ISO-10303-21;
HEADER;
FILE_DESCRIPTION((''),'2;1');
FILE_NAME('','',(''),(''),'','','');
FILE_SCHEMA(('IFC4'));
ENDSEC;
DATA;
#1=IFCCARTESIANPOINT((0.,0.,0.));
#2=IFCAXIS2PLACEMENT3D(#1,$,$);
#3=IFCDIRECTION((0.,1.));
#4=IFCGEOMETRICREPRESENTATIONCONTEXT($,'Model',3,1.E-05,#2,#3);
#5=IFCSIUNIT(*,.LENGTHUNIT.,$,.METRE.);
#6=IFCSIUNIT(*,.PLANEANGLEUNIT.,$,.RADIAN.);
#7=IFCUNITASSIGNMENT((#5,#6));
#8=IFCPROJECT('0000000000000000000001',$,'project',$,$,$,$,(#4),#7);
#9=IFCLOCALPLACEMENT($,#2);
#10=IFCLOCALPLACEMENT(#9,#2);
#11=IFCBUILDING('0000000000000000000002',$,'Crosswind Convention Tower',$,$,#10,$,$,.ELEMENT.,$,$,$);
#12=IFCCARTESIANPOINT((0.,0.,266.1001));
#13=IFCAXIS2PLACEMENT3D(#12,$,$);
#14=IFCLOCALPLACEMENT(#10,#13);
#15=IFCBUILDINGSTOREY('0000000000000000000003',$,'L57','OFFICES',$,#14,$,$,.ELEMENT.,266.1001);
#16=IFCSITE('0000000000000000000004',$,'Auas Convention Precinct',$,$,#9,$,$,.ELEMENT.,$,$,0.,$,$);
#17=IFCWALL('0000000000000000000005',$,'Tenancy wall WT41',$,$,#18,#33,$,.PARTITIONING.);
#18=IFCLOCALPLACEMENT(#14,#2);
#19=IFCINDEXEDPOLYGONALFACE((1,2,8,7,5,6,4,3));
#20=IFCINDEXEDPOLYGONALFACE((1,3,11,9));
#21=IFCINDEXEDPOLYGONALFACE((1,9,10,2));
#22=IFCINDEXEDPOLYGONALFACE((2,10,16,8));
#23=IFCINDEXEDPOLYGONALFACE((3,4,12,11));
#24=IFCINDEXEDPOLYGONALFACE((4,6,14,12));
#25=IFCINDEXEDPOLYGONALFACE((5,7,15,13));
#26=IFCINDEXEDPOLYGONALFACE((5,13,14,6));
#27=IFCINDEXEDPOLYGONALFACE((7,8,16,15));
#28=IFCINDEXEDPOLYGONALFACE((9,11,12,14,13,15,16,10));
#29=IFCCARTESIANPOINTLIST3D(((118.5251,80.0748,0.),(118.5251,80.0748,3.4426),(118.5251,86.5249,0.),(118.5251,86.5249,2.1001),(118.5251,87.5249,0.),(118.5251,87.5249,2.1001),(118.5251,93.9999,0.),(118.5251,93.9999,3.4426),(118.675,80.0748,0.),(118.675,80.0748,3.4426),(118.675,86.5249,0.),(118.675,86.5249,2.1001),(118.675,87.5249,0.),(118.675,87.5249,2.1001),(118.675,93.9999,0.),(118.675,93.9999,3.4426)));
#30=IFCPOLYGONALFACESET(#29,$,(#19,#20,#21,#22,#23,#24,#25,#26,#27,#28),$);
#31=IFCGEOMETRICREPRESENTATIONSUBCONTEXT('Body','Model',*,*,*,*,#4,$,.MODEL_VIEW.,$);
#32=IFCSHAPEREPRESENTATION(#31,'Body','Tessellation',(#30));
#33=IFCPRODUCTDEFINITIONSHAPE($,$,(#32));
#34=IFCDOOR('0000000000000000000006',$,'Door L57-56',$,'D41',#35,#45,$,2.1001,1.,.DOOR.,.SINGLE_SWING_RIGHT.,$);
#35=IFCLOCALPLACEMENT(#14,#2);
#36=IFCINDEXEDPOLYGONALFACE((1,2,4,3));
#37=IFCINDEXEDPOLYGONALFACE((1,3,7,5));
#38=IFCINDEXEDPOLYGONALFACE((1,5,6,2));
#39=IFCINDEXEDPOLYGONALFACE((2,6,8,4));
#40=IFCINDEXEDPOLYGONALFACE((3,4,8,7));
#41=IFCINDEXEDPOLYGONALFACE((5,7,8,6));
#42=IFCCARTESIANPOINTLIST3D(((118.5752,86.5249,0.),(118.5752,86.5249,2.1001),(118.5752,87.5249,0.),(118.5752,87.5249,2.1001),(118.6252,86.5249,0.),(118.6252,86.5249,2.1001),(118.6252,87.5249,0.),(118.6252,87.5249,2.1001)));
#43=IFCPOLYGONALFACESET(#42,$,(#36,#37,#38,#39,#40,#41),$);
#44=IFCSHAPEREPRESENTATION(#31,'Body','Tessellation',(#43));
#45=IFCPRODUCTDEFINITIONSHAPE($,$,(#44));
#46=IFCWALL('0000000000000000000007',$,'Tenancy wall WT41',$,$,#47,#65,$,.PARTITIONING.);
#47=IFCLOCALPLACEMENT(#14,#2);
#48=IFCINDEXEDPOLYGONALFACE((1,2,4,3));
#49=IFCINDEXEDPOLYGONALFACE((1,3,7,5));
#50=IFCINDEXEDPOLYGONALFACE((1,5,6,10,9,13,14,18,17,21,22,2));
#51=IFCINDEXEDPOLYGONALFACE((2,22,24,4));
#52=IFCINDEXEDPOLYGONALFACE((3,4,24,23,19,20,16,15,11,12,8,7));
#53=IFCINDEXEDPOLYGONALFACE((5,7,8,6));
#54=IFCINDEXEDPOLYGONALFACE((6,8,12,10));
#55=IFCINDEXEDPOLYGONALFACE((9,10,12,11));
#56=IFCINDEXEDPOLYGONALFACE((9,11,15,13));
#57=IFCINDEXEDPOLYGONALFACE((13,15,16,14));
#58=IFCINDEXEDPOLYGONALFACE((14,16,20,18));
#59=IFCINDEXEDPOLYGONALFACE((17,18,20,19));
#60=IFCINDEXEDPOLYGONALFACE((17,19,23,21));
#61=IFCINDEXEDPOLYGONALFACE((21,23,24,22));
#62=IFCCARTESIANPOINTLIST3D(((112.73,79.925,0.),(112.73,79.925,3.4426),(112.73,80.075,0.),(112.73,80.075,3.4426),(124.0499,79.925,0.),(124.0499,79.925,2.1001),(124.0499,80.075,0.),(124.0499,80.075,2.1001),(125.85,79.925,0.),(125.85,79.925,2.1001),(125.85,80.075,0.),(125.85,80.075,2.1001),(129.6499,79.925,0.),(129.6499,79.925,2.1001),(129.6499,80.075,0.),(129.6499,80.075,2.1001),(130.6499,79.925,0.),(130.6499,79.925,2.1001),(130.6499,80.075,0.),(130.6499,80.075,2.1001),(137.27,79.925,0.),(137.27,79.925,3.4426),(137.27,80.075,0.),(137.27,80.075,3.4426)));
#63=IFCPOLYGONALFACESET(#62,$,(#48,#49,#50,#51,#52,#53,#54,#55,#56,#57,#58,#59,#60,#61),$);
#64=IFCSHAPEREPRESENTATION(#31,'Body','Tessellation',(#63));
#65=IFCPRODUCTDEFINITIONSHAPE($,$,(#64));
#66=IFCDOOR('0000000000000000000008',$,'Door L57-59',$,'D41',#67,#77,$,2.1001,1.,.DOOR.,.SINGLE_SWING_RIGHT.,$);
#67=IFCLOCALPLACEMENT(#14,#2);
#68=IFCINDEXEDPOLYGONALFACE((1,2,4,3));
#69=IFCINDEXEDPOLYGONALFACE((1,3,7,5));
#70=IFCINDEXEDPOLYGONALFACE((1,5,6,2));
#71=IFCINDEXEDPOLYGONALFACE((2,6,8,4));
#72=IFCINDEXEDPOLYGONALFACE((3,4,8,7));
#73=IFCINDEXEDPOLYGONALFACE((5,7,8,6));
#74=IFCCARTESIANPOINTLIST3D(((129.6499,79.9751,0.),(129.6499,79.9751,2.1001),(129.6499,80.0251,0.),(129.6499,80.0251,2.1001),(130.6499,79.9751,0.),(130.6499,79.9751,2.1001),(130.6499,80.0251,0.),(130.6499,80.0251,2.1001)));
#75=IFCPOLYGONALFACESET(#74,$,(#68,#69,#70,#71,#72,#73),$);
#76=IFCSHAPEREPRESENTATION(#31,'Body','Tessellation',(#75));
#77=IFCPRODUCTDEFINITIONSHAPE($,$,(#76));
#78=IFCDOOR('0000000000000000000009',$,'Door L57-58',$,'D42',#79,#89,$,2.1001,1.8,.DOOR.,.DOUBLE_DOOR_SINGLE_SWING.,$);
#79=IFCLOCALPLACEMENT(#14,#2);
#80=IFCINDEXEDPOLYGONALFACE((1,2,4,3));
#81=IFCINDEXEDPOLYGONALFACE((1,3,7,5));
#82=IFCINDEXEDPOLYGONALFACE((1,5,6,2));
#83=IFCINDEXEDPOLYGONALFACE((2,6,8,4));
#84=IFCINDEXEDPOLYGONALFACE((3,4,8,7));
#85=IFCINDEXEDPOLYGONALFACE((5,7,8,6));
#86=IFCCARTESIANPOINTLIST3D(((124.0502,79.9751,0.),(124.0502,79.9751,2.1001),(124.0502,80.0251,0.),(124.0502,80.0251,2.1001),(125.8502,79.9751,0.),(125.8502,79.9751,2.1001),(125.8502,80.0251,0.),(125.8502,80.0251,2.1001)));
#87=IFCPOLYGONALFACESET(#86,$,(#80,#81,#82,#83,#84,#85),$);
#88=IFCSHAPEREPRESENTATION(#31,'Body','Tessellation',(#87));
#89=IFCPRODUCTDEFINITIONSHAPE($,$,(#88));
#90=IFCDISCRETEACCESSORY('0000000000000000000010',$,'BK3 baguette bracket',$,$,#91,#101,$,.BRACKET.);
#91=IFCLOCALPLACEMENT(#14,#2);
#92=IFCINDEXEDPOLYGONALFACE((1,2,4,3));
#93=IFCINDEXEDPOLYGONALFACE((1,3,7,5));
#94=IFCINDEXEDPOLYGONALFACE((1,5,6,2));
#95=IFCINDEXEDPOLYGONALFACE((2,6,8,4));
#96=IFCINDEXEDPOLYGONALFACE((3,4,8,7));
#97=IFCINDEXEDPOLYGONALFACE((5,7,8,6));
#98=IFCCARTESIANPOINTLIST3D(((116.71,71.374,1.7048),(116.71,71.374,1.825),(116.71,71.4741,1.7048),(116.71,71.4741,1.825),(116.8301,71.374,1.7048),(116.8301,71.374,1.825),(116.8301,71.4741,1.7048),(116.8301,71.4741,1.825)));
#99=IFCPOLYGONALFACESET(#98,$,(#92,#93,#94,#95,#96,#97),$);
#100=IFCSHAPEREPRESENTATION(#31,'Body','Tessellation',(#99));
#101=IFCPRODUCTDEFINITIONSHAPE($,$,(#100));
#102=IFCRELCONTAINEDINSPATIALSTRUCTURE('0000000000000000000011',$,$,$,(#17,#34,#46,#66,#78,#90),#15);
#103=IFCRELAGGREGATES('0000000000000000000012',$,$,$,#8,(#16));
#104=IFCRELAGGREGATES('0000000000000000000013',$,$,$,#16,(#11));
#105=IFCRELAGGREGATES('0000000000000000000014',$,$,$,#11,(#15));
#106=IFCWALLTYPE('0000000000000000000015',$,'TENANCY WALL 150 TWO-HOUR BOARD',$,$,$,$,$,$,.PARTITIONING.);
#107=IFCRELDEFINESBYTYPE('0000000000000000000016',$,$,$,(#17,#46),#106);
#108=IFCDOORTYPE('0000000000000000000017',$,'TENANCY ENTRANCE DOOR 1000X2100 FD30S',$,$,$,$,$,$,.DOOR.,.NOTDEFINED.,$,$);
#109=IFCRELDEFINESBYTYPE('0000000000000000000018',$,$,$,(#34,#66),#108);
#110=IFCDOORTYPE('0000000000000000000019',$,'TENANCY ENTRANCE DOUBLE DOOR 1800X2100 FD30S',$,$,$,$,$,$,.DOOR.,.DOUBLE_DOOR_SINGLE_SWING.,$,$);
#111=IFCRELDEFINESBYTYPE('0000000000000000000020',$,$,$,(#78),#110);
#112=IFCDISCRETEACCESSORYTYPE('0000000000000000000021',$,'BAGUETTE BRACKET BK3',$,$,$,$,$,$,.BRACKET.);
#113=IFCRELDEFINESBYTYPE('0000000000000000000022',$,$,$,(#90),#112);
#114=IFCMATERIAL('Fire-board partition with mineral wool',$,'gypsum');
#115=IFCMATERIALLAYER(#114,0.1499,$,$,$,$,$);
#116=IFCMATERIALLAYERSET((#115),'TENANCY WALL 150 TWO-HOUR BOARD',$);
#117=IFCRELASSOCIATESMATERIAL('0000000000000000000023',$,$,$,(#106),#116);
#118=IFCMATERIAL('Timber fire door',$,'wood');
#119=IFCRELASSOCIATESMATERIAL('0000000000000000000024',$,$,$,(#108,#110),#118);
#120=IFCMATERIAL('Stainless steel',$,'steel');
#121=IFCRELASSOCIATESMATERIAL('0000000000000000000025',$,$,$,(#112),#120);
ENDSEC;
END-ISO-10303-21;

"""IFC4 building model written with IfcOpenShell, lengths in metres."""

from ifc_helpers import new_model, si_unit, direction, frame, frame_2d, origin, origin_2d, place, context, subcontext, project, spatial, rectangle, extrude, material, layer, layer_set, type_object, element, fill, save


model = new_model("IFC4")

# Units and contexts
model_context = context("Model", 3, precision=1e-05, world=origin(), true_north=direction((0.0, 1.0)))
body_context = subcontext(model_context, "Body", "Model", "MODEL_VIEW")
ifc_project = project(units=[si_unit("LENGTHUNIT", "METRE"), si_unit("PLANEANGLEUNIT", "RADIAN")], contexts=[model_context])

# Site, building, storey
site_placement = place(None, origin())
site = spatial("IfcSite", under=ifc_project, at=site_placement, Name="Auas Convention Precinct", CompositionType="ELEMENT", RefElevation=0.0)
building_placement = place(site_placement, origin())
building = spatial("IfcBuilding", under=site, at=building_placement, Name="Crosswind Convention Tower", CompositionType="ELEMENT")
storey_placement = place(building_placement, frame((0.0, 0.0, 266.1001)))
storey = spatial("IfcBuildingStorey", under=building, at=storey_placement, Name="L57", Description="OFFICES", CompositionType="ELEMENT", Elevation=266.1001)

# Wall, opening, door
ifc_material_1 = material(Name="Fire-board partition with mineral wool", Category="gypsum")
ifc_layer_1 = layer(ifc_material_1, 0.1499)
ifc_layer_set_1 = layer_set([ifc_layer_1], Name="TENANCY WALL 150 TWO-HOUR BOARD")
wall_type = type_object("IfcWallType", Name="TENANCY WALL 150 TWO-HOUR BOARD", PredefinedType="PARTITIONING", material=ifc_layer_set_1)
wall_1_placement = place(storey_placement, frame((118.6001, 80.075, 0.0), z_axis=(0.0, 0.0, 1.0), x_axis=(0.0, 1.0, 0.0)))
wall_1 = element("IfcWall", 1, at=wall_1_placement, inside=storey, type_object=wall_type, Name="Tenancy wall WT41", PredefinedType="PARTITIONING", context=body_context, shape_type="SweptSolid", body=[
    extrude(rectangle(XDim=13.925, YDim=0.1499, at=frame_2d((6.9624, 0.0))), origin(), (0.0, 0.0, 1.0), 3.4426),
])
opening_1_placement = place(wall_1_placement, frame((6.45, 0.0, 0.0)))
opening_1 = element("IfcOpeningElement", 2, at=opening_1_placement, cuts=wall_1, PredefinedType="OPENING", context=body_context, shape_type="SweptSolid", body=[
    extrude(rectangle(XDim=1.0, YDim=2.1001, at=frame_2d((0.5, 1.05))), frame((0.0, 0.085, 0.0), z_axis=(0.0, -1.0, 0.0), x_axis=(1.0, 0.0, 0.0)), (0.0, 0.0, 1.0), 0.1699),
])
ifc_material_2 = material(Name="Timber fire door", Category="wood")
door_type_1 = type_object("IfcDoorType", Name="TENANCY ENTRANCE DOOR 1000X2100 FD30S", OperationType="NOTDEFINED", PredefinedType="DOOR", material=ifc_material_2)
door_1_placement = place(opening_1_placement, origin())
door_1 = element("IfcDoor", 3, at=door_1_placement, inside=storey, type_object=door_type_1, Name="Door L57-56", ObjectType="D41", OperationType="SINGLE_SWING_RIGHT", OverallHeight=2.1001, OverallWidth=1.0, PredefinedType="DOOR", context=body_context, shape_type="SweptSolid", body=[
    extrude(rectangle(XDim=1.0, YDim=2.1001, at=frame_2d((0.5, 1.05))), frame((0.0, 0.0249, 0.0), z_axis=(0.0, -1.0, 0.0), x_axis=(1.0, 0.0, 0.0)), (0.0, 0.0, 1.0), 0.05),
])
fill(opening_1, door_1)

# Wall, openings, doors
wall_2_placement = place(storey_placement, frame((112.73, 80.0, 0.0), z_axis=(0.0, 0.0, 1.0), x_axis=(1.0, 0.0, 0.0)))
wall_2 = element("IfcWall", 4, at=wall_2_placement, inside=storey, type_object=wall_type, Name="Tenancy wall WT41", PredefinedType="PARTITIONING", context=body_context, shape_type="SweptSolid", body=[
    extrude(rectangle(XDim=24.54, YDim=0.1499, at=frame_2d((12.27, 0.0))), origin(), (0.0, 0.0, 1.0), 3.4426),
])
opening_2_placement = place(wall_2_placement, frame((11.3201, 0.0, 0.0)))
opening_2 = element("IfcOpeningElement", 5, at=opening_2_placement, cuts=wall_2, PredefinedType="OPENING", context=body_context, shape_type="SweptSolid", body=[
    extrude(rectangle(XDim=1.8, YDim=2.1001, at=frame_2d((0.8999, 1.05))), frame((0.0, 0.085, 0.0), z_axis=(0.0, -1.0, 0.0), x_axis=(1.0, 0.0, 0.0)), (0.0, 0.0, 1.0), 0.1699),
])
opening_3_placement = place(wall_2_placement, frame((16.9199, 0.0, 0.0)))
opening_3 = element("IfcOpeningElement", 6, at=opening_3_placement, cuts=wall_2, PredefinedType="OPENING", context=body_context, shape_type="SweptSolid", body=[
    extrude(rectangle(XDim=1.0, YDim=2.1001, at=frame_2d((0.5, 1.05))), frame((0.0, 0.085, 0.0), z_axis=(0.0, -1.0, 0.0), x_axis=(1.0, 0.0, 0.0)), (0.0, 0.0, 1.0), 0.1699),
])
door_2_placement = place(opening_3_placement, frame((1.0, 0.0, 0.0), z_axis=(0.0, 0.0, 1.0), x_axis=(-1.0, 0.0, 0.0)))
door_2 = element("IfcDoor", 7, at=door_2_placement, inside=storey, type_object=door_type_1, Name="Door L57-59", ObjectType="D41", OperationType="SINGLE_SWING_RIGHT", OverallHeight=2.1001, OverallWidth=1.0, PredefinedType="DOOR", context=body_context, shape_type="SweptSolid", body=[
    extrude(rectangle(XDim=1.0, YDim=2.1001, at=frame_2d((0.5, 1.05))), frame((0.0, 0.0249, 0.0), z_axis=(0.0, -1.0, 0.0), x_axis=(1.0, 0.0, 0.0)), (0.0, 0.0, 1.0), 0.05),
])
fill(opening_3, door_2)
door_type_2 = type_object("IfcDoorType", Name="TENANCY ENTRANCE DOUBLE DOOR 1800X2100 FD30S", OperationType="DOUBLE_DOOR_SINGLE_SWING", PredefinedType="DOOR", material=ifc_material_2)
door_3_placement = place(opening_2_placement, frame((1.8, 0.0, 0.0), z_axis=(0.0, 0.0, 1.0), x_axis=(-1.0, 0.0, 0.0)))
door_3 = element("IfcDoor", 8, at=door_3_placement, inside=storey, type_object=door_type_2, Name="Door L57-58", ObjectType="D42", OperationType="DOUBLE_DOOR_SINGLE_SWING", OverallHeight=2.1001, OverallWidth=1.8, PredefinedType="DOOR", context=body_context, shape_type="SweptSolid", body=[
    extrude(rectangle(XDim=1.8, YDim=2.1001, at=frame_2d((0.8999, 1.05))), frame((0.0, 0.0249, 0.0), z_axis=(0.0, -1.0, 0.0), x_axis=(1.0, 0.0, 0.0)), (0.0, 0.0, 1.0), 0.05),
])
fill(opening_2, door_3)

# Discrete accessory
ifc_material_3 = material(Name="Stainless steel", Category="steel")
discrete_accessory_type = type_object("IfcDiscreteAccessoryType", Name="BAGUETTE BRACKET BK3", PredefinedType="BRACKET", material=ifc_material_3)
discrete_accessory_placement = place(storey_placement, frame((116.77, 71.4241, 1.7048), z_axis=(0.0, 0.0, 1.0), x_axis=(1.0, 0.0, 0.0)))
element("IfcDiscreteAccessory", 9, at=discrete_accessory_placement, inside=storey, type_object=discrete_accessory_type, Name="BK3 baguette bracket", PredefinedType="BRACKET", context=body_context, shape_type="SweptSolid", body=[
    extrude(rectangle(XDim=0.1201, YDim=0.1001, at=origin_2d()), origin(), (0.0, 0.0, 1.0), 0.1201),
])

save(model, "model.ifc")
